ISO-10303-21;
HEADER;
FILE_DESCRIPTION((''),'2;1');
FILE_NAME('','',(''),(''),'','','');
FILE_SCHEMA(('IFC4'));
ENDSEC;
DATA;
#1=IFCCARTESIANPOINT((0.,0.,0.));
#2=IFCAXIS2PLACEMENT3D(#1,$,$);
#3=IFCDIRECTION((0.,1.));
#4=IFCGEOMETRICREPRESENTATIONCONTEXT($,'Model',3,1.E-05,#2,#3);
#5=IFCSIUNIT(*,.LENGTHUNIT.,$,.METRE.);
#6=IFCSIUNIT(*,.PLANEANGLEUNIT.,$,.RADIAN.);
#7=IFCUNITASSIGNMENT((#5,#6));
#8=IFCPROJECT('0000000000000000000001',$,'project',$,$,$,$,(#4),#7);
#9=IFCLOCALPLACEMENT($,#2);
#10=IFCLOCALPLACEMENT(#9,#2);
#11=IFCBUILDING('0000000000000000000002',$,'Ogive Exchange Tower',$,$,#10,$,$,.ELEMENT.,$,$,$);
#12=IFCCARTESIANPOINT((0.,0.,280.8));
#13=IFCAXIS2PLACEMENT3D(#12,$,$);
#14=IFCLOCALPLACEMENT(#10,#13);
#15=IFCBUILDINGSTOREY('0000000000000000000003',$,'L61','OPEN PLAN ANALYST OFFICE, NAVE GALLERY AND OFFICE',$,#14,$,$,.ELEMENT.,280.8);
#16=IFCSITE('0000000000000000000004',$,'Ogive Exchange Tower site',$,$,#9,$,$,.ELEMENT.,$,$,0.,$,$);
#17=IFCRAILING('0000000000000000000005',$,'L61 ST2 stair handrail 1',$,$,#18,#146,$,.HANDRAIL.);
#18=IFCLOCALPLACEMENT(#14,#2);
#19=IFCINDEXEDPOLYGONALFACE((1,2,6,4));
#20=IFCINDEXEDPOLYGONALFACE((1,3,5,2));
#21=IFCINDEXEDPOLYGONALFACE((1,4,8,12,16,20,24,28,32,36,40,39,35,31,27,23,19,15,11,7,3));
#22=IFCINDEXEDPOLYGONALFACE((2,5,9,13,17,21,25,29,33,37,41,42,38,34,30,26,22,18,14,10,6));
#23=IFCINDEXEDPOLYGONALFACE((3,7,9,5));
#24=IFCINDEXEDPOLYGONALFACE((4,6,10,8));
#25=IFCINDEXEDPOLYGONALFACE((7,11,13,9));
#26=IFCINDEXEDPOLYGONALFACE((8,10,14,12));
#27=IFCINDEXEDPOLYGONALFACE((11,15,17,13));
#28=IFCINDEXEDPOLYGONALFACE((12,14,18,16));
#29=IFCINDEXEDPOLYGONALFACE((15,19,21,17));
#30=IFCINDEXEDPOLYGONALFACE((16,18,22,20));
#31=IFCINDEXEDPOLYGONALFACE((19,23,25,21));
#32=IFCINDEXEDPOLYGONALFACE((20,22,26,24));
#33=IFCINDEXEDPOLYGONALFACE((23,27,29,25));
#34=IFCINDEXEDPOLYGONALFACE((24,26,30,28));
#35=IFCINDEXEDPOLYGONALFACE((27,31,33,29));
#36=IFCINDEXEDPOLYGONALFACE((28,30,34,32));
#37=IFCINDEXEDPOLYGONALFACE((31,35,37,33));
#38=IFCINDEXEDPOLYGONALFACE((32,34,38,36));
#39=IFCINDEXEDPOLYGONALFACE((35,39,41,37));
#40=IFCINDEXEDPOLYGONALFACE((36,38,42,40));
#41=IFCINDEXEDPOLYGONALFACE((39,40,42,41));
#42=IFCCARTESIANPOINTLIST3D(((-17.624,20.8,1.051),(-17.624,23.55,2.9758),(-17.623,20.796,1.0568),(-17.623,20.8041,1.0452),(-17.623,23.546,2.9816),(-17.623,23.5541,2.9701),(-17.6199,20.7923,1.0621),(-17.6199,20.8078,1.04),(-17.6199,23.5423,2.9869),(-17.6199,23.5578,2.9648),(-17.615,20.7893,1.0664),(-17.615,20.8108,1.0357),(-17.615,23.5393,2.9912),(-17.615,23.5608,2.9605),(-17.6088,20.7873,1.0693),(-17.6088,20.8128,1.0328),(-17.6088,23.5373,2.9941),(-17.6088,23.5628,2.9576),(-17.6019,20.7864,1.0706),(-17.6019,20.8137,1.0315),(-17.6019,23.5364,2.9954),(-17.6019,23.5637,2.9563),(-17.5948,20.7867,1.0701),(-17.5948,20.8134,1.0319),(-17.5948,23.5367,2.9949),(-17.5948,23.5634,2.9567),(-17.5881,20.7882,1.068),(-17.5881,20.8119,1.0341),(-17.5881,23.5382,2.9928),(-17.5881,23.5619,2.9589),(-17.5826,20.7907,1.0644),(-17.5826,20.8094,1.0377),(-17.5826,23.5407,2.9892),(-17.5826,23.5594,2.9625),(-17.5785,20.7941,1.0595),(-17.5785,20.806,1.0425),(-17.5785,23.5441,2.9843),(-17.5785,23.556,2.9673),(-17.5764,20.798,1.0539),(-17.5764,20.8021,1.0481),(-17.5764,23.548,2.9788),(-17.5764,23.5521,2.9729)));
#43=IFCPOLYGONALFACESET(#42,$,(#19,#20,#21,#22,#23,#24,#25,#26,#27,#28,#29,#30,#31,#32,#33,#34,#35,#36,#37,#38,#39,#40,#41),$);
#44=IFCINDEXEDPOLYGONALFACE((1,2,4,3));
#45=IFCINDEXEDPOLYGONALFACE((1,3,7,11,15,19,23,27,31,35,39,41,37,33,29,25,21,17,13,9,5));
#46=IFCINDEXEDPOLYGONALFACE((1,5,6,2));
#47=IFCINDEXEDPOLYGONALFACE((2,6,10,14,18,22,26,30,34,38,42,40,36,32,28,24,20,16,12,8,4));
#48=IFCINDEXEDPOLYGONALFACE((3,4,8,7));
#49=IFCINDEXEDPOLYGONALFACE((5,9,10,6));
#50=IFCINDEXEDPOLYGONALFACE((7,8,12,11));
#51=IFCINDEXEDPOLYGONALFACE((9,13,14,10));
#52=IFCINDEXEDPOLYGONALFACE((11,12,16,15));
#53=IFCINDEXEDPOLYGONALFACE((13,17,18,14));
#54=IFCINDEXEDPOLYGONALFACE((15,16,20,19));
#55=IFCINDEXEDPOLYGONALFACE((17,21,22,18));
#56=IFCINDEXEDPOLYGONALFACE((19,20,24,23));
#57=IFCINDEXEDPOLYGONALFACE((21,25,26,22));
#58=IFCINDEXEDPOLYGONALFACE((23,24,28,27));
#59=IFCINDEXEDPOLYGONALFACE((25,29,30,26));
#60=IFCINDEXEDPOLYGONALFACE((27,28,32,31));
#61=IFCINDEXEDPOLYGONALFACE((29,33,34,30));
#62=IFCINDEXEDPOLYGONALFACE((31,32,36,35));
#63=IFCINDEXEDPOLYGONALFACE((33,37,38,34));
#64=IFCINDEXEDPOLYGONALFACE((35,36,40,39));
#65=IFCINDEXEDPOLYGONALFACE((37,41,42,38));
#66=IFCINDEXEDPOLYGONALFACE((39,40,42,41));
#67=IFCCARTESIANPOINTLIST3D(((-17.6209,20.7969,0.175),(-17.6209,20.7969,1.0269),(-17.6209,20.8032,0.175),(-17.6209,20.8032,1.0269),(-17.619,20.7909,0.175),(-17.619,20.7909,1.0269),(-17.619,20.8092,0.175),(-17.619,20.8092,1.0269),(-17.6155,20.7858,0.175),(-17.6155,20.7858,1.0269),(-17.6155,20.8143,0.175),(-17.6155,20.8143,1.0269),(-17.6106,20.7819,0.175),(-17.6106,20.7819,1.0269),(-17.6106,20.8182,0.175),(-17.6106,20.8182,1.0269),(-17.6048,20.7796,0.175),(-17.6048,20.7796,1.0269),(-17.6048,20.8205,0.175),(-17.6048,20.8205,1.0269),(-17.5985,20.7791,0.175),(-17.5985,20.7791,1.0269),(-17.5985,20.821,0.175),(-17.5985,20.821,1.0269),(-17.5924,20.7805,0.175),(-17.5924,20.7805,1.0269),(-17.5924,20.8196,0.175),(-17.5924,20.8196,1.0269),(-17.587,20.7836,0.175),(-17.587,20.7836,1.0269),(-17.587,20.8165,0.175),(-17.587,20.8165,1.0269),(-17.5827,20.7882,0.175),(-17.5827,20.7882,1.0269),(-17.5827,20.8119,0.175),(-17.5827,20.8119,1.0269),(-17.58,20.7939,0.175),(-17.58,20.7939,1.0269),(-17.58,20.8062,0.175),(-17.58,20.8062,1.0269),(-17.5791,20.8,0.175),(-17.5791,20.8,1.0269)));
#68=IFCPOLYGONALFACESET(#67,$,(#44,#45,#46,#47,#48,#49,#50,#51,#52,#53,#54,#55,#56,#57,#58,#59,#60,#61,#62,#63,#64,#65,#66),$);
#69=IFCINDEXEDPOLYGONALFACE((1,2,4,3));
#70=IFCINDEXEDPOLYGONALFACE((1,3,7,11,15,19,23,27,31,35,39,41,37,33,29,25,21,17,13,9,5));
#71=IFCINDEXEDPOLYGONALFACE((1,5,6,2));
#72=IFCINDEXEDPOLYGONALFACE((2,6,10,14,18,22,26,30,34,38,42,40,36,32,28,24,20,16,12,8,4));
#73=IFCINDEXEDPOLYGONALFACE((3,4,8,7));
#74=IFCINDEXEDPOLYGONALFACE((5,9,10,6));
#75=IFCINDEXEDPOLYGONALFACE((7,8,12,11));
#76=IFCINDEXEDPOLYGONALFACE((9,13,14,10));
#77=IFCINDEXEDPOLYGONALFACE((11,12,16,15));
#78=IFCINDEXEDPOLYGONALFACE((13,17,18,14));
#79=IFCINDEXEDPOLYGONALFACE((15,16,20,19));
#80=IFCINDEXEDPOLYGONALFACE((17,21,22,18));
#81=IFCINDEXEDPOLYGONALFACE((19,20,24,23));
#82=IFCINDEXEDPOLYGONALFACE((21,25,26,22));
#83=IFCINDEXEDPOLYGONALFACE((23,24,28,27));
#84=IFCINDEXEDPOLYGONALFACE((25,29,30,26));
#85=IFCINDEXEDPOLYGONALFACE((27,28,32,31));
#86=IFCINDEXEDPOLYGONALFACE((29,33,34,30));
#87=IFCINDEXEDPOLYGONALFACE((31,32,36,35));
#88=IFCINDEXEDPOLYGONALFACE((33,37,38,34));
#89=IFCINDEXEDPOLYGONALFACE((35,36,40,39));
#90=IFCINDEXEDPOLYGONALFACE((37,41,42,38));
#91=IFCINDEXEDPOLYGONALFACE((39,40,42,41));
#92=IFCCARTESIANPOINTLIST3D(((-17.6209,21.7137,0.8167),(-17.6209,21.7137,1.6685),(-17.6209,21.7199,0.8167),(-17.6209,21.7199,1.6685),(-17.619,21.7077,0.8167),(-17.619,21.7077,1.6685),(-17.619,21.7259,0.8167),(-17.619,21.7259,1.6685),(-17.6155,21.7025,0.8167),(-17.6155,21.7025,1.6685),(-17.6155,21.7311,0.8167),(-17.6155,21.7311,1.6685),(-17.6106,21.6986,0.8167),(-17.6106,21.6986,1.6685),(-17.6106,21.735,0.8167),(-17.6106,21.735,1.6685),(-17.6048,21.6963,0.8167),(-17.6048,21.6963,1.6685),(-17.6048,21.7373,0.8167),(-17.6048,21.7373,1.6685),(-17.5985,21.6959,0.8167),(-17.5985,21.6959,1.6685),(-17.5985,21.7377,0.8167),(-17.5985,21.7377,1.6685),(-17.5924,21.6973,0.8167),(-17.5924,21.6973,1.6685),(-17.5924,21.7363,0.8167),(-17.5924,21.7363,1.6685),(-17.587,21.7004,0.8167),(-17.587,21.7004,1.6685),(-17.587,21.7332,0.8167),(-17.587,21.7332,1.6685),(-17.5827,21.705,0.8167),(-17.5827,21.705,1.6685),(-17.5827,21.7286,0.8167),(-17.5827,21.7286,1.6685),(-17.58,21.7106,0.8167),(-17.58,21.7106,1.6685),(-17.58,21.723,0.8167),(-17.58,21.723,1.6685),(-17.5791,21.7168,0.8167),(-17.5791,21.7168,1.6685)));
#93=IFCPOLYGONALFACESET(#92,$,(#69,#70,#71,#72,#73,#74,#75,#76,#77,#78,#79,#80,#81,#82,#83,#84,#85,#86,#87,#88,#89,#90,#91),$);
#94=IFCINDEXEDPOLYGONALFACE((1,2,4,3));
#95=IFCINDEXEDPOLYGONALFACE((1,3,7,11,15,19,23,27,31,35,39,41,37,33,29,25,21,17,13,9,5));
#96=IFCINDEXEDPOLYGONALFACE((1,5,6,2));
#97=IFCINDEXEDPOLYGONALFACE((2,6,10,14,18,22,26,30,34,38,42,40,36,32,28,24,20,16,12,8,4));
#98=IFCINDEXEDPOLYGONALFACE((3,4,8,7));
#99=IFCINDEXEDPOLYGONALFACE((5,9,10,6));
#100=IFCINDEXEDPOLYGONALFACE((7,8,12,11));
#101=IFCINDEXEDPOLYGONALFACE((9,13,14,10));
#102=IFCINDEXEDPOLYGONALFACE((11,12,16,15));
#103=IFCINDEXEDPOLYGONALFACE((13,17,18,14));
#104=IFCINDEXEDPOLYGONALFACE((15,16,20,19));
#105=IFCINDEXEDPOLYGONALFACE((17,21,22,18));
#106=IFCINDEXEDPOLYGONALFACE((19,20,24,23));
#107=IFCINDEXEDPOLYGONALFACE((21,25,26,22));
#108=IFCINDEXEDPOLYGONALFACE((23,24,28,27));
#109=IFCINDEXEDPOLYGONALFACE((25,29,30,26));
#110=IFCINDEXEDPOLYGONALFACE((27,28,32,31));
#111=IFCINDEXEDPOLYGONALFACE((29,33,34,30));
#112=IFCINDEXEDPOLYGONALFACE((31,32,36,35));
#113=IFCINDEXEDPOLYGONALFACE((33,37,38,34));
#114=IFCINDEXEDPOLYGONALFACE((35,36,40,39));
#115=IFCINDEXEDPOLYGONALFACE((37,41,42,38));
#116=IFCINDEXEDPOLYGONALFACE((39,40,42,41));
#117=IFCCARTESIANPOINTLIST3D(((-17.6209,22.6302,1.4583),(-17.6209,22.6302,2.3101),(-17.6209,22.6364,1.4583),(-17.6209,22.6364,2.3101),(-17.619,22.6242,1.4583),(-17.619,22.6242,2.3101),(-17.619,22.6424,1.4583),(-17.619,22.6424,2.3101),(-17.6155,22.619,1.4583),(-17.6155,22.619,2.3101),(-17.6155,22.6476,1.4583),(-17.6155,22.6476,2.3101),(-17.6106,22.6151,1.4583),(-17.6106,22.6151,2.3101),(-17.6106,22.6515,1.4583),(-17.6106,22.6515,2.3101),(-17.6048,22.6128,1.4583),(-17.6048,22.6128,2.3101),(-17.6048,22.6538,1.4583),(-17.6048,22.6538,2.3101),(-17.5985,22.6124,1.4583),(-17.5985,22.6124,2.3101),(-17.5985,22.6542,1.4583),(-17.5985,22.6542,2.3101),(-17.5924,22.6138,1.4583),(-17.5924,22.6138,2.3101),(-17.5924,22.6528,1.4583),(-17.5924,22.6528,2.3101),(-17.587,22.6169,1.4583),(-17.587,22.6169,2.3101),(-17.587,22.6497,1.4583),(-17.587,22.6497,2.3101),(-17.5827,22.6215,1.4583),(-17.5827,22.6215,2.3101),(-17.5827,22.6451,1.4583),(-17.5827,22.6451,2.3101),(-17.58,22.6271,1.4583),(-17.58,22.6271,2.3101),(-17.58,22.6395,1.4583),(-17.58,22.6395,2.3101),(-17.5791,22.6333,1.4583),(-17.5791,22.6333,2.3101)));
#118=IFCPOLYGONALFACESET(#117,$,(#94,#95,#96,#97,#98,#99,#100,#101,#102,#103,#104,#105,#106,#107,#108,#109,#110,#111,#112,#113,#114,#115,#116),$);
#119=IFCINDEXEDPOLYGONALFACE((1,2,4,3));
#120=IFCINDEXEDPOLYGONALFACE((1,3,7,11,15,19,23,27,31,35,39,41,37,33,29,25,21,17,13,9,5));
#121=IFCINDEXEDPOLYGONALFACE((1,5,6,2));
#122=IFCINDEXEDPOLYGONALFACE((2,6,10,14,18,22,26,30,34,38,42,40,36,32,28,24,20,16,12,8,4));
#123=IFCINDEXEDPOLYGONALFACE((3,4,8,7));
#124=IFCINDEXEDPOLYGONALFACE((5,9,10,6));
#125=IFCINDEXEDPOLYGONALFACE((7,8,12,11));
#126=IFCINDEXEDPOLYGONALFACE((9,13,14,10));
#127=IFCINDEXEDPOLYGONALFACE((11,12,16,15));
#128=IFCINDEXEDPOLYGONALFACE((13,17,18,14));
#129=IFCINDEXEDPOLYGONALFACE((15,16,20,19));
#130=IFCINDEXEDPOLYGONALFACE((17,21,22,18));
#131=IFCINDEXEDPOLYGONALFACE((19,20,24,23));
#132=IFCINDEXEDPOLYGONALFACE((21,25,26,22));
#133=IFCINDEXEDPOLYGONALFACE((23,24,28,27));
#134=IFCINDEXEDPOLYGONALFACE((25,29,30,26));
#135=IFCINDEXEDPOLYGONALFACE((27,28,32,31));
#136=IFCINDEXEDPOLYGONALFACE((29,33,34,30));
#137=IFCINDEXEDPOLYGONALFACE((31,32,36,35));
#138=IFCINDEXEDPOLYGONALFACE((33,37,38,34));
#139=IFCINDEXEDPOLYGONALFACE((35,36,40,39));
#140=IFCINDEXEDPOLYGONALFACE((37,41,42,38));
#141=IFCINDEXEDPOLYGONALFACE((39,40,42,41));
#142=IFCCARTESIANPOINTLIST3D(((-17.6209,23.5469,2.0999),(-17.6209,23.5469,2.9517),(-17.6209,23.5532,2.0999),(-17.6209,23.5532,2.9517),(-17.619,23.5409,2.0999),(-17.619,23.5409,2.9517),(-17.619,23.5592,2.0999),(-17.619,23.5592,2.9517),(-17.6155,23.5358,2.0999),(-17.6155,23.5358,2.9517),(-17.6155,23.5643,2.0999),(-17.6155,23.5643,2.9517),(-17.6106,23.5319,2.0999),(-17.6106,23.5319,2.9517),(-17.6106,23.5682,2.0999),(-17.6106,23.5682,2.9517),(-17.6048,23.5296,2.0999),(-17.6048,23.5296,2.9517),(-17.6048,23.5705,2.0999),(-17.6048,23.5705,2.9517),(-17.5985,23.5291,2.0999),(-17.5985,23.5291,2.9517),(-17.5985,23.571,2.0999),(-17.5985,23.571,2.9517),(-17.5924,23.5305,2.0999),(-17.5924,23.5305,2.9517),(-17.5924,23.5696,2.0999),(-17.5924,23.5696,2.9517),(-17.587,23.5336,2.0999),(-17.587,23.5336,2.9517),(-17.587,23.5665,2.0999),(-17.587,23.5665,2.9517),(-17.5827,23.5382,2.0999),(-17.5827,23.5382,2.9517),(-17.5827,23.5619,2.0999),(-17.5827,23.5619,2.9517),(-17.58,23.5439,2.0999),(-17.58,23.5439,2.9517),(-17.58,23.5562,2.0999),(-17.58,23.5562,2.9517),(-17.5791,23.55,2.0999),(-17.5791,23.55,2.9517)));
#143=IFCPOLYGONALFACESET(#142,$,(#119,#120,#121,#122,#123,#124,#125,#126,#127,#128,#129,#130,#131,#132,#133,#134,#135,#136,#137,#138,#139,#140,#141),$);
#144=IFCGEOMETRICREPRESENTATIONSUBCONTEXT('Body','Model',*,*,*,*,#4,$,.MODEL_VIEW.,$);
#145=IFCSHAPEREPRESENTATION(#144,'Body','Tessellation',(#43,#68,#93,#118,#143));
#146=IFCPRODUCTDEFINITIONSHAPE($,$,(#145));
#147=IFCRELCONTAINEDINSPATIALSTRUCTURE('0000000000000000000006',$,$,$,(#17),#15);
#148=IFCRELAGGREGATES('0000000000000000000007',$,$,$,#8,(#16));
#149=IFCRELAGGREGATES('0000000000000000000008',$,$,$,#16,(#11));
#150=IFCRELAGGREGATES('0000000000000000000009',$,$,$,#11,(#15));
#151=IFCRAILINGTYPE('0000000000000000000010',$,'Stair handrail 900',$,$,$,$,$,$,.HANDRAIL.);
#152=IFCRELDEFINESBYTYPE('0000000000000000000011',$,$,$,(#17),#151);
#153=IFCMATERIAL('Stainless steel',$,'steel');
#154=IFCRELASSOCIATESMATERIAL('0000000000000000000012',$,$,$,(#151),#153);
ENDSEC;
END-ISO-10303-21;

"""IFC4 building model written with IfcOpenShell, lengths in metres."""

from ifc_helpers import new_model, si_unit, direction, frame, origin, origin_2d, place, context, subcontext, project, spatial, circle, extrude, material, type_object, element, save


model = new_model("IFC4")

# Units and contexts
model_context = context("Model", 3, precision=1e-05, world=origin(), true_north=direction((0.0, 1.0)))
body_context = subcontext(model_context, "Body", "Model", "MODEL_VIEW")
ifc_project = project(units=[si_unit("LENGTHUNIT", "METRE"), si_unit("PLANEANGLEUNIT", "RADIAN")], contexts=[model_context])

# Site, building, storey
site_placement = place(None, origin())
site = spatial("IfcSite", under=ifc_project, at=site_placement, Name="Ogive Exchange Tower site", CompositionType="ELEMENT", RefElevation=0.0)
building_placement = place(site_placement, origin())
building = spatial("IfcBuilding", under=site, at=building_placement, Name="Ogive Exchange Tower", CompositionType="ELEMENT")
storey_placement = place(building_placement, frame((0.0, 0.0, 280.8)))
storey = spatial("IfcBuildingStorey", under=building, at=storey_placement, Name="L61", Description="OPEN PLAN ANALYST OFFICE, NAVE GALLERY AND OFFICE", CompositionType="ELEMENT", Elevation=280.8)

# Railing
ifc_material_1 = material(Name="Stainless steel", Category="steel")
railing_type = type_object("IfcRailingType", Name="Stair handrail 900", PredefinedType="HANDRAIL", material=ifc_material_1)
railing_1_placement = place(storey_placement, frame((-17.6001, 20.8, 0.175)))
element("IfcRailing", 1, at=railing_1_placement, inside=storey, type_object=railing_type, Name="L61 ST2 stair handrail 1", PredefinedType="HANDRAIL", context=body_context, shape_type="SweptSolid", body=[
    extrude(circle(Radius=0.0239, at=origin_2d()), frame((0.0, 0.0, 0.876), z_axis=(0.0, 0.819259, 0.573423), x_axis=(-1.0, 0.0, 0.0)), (0.0, 0.0, 1.0), 3.3567),
    extrude(circle(Radius=0.021, at=origin_2d()), origin(), (0.0, 0.0, 1.0), 0.8518),
    extrude(circle(Radius=0.021, at=origin_2d()), frame((0.0, 0.9167, 0.6416)), (0.0, 0.0, 1.0), 0.8518),
    extrude(circle(Radius=0.021, at=origin_2d()), frame((0.0, 1.8333, 1.2832)), (0.0, 0.0, 1.0), 0.8518),
    extrude(circle(Radius=0.021, at=origin_2d()), frame((0.0, 2.75, 1.9248)), (0.0, 0.0, 1.0), 0.8518),
])

save(model, "model.ifc")
